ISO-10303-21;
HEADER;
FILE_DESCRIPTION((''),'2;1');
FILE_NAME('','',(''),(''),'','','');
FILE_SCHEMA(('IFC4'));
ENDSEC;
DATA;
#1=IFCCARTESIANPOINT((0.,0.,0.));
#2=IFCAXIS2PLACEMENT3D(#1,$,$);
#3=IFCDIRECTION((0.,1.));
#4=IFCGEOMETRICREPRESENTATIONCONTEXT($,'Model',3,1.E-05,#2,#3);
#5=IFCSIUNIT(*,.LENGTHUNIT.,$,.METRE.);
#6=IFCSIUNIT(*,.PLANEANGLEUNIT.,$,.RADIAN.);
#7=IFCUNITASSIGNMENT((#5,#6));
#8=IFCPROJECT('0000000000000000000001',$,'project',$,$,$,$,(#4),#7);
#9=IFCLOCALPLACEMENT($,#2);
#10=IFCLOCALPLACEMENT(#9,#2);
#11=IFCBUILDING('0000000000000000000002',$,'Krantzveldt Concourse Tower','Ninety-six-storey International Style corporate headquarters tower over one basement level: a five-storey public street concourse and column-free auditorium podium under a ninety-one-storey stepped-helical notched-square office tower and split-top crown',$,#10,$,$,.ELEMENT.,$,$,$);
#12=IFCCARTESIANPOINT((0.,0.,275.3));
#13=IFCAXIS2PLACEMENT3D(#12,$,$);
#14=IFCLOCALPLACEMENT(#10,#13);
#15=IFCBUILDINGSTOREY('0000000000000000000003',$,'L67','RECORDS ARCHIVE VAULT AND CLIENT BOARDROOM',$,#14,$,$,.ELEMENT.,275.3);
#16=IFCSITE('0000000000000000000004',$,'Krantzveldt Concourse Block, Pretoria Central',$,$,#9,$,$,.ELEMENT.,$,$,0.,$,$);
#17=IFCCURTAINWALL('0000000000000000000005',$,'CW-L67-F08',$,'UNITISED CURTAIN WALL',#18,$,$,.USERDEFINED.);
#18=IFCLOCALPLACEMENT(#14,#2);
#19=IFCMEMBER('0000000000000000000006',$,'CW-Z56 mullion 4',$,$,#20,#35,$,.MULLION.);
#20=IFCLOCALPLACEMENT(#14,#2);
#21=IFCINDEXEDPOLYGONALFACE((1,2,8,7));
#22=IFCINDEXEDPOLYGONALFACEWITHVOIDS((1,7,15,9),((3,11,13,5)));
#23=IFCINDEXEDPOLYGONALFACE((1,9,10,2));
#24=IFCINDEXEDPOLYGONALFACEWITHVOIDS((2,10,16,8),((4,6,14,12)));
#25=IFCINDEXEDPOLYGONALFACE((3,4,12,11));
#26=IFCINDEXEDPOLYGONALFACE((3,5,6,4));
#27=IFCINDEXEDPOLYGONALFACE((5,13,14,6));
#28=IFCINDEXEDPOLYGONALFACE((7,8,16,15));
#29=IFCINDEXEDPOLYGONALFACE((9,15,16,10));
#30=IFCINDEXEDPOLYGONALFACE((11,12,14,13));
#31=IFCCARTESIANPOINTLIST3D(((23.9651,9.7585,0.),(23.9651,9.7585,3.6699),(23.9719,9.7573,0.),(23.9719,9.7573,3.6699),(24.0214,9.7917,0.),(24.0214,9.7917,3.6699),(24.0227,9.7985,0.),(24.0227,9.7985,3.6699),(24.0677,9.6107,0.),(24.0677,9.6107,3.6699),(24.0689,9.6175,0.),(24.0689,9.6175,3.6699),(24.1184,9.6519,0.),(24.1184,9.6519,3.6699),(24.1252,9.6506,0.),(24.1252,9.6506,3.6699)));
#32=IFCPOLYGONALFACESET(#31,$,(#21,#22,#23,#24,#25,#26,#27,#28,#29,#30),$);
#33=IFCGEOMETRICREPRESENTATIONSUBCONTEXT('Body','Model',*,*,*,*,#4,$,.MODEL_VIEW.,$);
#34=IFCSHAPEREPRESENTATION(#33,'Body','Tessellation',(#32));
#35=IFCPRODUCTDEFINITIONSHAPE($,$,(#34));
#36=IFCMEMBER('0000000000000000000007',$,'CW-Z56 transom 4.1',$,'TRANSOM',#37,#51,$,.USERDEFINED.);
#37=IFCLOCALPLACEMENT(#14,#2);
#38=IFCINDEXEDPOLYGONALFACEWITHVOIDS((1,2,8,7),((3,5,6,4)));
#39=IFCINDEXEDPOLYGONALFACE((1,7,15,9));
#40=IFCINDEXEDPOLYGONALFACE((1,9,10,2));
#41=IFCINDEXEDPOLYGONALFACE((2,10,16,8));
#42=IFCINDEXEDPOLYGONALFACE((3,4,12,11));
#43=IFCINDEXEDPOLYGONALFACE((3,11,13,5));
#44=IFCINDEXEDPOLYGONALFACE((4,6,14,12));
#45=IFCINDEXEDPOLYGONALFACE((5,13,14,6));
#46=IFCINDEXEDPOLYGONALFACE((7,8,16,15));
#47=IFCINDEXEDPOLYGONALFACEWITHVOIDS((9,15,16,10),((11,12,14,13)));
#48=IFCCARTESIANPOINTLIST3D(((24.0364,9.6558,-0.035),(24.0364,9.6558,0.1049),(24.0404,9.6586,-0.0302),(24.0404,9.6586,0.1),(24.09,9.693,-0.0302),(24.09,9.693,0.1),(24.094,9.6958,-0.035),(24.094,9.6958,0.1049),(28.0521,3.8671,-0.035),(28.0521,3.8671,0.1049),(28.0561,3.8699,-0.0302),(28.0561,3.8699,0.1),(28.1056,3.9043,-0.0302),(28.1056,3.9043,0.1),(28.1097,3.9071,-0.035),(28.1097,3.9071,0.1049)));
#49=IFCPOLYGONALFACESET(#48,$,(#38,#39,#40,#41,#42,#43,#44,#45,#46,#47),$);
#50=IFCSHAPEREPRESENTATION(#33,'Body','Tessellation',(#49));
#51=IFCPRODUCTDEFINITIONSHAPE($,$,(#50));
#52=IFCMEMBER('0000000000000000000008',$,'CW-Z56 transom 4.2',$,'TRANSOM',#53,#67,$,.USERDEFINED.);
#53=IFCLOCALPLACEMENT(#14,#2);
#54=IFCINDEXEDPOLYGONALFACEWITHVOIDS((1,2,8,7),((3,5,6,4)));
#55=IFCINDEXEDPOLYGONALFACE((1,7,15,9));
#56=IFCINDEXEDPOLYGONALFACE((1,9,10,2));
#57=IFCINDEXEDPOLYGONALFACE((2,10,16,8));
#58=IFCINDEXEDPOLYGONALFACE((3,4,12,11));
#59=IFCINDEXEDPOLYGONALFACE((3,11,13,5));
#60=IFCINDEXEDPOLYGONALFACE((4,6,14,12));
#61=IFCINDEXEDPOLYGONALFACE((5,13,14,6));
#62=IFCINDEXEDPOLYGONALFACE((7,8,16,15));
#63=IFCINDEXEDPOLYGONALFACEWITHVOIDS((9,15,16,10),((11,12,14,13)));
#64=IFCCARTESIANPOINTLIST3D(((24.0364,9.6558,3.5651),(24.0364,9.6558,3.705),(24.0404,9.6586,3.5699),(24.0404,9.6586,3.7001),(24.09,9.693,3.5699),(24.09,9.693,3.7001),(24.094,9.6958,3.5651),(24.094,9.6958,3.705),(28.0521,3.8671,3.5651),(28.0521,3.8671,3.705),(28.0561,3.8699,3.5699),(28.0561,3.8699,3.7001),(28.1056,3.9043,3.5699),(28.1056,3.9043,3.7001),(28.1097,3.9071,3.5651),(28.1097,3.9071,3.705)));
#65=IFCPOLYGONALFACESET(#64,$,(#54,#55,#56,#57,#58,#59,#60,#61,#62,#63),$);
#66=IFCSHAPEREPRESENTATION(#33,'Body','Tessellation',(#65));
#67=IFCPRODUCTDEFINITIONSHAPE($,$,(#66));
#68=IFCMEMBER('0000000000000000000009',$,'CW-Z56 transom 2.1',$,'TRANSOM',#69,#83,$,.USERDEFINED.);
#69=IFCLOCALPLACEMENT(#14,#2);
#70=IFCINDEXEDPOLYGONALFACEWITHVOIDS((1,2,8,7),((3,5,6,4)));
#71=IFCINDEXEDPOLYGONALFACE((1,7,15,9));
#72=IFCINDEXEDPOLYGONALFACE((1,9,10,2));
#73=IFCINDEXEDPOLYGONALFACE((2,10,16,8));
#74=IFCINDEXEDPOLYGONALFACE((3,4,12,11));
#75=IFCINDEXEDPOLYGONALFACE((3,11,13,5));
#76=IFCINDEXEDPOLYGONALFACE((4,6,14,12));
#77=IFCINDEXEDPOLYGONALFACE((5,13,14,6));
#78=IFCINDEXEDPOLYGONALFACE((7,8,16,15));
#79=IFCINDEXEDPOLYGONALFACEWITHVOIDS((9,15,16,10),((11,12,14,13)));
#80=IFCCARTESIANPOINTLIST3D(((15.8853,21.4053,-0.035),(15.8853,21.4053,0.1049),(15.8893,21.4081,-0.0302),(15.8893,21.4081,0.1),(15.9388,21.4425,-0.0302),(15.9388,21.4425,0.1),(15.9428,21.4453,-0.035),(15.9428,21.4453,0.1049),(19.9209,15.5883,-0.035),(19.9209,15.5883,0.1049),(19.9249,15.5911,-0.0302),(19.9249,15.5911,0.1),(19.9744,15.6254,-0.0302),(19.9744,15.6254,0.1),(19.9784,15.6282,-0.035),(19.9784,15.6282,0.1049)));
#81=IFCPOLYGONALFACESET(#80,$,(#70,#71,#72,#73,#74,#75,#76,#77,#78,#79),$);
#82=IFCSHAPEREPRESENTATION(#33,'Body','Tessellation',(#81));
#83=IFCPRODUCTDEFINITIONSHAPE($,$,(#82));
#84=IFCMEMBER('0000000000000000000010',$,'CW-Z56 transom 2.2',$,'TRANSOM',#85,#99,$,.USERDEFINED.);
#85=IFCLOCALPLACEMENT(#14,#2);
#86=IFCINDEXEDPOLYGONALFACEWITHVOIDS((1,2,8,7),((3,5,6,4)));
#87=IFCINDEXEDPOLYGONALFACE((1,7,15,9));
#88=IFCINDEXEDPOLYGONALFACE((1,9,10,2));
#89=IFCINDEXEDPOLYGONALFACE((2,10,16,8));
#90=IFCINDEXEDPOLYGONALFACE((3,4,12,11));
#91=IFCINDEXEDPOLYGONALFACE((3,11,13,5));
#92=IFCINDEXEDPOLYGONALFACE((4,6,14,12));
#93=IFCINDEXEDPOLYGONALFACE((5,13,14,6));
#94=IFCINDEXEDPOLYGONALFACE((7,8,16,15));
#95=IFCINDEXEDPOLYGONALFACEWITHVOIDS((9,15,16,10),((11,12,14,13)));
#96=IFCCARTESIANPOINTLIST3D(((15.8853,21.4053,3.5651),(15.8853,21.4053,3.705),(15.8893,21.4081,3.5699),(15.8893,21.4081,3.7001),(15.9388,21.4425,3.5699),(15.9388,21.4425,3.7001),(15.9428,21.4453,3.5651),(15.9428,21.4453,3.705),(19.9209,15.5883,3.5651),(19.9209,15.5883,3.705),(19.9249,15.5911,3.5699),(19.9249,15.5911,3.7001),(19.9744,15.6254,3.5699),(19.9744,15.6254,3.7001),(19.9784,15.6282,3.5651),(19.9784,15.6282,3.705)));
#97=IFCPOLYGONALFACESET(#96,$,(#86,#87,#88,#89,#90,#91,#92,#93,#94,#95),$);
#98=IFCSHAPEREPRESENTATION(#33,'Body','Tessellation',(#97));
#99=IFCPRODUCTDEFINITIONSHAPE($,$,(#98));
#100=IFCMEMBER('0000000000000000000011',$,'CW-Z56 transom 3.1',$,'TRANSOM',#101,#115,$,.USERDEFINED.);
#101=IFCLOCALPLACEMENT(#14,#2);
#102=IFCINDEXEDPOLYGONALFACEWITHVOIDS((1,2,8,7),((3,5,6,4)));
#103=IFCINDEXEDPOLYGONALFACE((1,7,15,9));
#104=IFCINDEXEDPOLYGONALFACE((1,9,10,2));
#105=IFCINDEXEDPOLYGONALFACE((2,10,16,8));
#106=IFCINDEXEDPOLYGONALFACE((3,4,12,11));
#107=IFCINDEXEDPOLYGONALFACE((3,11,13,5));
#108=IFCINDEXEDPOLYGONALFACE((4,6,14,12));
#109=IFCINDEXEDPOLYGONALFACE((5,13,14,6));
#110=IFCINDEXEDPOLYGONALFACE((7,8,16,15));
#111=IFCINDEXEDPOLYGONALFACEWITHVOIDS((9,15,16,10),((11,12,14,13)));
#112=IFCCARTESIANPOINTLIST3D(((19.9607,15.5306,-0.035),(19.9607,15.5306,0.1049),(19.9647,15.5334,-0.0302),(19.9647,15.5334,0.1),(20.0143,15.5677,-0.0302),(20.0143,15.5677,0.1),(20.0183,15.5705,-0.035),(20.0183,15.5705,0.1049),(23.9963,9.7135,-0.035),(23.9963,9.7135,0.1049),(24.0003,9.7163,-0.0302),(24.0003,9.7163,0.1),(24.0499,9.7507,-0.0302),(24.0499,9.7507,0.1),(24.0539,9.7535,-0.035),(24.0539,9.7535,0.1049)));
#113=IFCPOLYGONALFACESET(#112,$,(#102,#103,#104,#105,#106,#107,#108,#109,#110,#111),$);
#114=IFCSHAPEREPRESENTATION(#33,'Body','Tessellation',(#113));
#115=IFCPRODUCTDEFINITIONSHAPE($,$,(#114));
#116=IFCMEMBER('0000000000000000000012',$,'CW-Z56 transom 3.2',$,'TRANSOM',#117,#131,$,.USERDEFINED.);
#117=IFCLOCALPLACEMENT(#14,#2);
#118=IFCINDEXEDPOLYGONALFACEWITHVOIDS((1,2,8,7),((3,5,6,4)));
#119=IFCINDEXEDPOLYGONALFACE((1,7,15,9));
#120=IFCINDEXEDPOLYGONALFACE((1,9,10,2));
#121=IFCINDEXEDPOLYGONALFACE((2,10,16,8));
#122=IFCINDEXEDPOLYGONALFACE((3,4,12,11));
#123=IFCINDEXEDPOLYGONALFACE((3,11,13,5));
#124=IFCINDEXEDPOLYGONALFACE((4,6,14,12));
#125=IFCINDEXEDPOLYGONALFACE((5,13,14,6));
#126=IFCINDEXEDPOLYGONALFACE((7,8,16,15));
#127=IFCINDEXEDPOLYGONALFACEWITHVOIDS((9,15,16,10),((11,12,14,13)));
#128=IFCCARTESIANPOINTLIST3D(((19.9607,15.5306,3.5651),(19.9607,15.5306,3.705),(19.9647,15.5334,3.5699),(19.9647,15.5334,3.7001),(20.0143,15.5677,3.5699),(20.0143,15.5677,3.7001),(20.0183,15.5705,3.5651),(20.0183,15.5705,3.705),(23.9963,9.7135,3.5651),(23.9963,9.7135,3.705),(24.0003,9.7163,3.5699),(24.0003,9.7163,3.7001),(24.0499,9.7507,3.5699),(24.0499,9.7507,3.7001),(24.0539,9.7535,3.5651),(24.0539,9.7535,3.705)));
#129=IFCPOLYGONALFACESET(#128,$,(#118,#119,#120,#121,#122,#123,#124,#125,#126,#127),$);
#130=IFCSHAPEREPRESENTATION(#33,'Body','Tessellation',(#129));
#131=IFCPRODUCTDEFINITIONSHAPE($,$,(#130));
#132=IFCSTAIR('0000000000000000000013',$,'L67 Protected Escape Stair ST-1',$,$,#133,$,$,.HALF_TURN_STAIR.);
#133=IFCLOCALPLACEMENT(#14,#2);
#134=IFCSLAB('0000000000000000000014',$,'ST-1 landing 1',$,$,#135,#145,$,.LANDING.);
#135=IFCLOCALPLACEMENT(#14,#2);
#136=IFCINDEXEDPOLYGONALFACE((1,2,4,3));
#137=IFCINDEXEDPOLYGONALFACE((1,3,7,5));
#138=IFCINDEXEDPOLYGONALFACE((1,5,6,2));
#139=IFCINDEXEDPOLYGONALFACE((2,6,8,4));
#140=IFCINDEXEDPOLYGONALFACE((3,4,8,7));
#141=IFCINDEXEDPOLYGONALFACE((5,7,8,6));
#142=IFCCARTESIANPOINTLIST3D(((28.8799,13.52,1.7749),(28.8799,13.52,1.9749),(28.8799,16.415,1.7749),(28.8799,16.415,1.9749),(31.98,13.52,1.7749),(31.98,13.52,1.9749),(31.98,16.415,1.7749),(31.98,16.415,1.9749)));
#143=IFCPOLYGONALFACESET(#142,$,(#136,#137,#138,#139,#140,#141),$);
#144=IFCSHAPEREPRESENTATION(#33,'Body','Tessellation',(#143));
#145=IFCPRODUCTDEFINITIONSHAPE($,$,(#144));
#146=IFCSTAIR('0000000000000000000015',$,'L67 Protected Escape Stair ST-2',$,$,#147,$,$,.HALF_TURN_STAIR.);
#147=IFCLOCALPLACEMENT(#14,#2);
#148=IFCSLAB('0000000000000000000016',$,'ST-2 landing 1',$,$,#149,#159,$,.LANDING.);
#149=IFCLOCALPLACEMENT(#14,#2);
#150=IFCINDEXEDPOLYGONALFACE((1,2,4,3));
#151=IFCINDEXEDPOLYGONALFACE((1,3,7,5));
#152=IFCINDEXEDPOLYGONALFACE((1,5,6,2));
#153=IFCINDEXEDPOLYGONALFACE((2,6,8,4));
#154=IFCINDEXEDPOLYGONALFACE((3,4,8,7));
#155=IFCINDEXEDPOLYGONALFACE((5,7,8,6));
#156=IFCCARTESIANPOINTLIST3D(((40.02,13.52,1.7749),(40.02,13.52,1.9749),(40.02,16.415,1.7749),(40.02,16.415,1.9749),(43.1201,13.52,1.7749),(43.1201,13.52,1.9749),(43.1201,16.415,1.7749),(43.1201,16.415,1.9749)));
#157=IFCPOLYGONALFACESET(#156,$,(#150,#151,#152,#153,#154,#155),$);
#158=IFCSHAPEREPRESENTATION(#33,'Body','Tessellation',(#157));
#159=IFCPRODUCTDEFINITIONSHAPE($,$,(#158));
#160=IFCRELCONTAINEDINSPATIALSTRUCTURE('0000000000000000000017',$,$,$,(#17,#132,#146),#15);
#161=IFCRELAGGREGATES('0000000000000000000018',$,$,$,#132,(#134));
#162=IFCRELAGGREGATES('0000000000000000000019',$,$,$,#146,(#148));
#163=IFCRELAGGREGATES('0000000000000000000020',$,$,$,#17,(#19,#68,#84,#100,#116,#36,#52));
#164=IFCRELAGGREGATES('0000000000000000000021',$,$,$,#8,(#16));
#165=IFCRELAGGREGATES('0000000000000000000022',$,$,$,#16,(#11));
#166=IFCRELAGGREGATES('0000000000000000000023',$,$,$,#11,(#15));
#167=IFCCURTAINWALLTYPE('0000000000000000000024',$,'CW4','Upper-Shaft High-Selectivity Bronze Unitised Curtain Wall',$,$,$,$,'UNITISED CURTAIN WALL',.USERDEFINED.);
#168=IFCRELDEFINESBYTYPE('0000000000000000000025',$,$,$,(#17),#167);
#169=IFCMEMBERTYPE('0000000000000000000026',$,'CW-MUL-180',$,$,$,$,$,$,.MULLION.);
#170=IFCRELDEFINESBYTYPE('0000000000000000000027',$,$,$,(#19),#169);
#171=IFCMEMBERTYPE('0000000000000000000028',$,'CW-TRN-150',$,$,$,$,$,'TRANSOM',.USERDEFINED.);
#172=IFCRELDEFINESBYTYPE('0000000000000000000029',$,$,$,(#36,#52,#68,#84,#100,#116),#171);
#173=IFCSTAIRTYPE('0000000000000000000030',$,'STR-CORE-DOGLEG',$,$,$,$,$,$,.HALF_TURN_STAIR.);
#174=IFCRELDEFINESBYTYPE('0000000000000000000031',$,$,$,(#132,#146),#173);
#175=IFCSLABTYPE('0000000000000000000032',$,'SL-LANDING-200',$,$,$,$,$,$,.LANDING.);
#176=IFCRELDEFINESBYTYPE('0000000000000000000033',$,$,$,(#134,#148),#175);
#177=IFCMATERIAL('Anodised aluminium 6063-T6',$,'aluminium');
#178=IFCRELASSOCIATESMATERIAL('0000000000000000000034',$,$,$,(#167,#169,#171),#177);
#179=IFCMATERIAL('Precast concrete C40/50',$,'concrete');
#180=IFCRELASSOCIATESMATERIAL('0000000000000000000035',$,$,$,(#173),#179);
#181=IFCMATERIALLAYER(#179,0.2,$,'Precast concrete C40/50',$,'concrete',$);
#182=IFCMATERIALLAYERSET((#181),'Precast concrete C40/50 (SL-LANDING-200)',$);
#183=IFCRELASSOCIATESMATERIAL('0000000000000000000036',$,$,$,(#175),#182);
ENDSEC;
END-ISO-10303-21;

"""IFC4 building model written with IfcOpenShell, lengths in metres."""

from ifc_helpers import new_model, si_unit, direction, frame, origin, origin_2d, place, context, subcontext, project, spatial, polyline, hollow_rectangle, outline, extrude, source, transform, mapped, material, layer, layer_set, material_profile, profile_set, type_object, type_shapes, element, aggregate, save


model = new_model("IFC4")

# Units and contexts
model_context = context("Model", 3, precision=1e-05, world=origin(), true_north=direction((0.0, 1.0)))
body_context = subcontext(model_context, "Body", "Model", "MODEL_VIEW")
ifc_project = project(units=[si_unit("LENGTHUNIT", "METRE"), si_unit("PLANEANGLEUNIT", "RADIAN")], contexts=[model_context])

# Site, building, storey
site_placement = place(None, origin())
site = spatial("IfcSite", under=ifc_project, at=site_placement, Name="Krantzveldt Concourse Block, Pretoria Central", CompositionType="ELEMENT", RefElevation=0.0)
building_placement = place(site_placement, origin())
building = spatial("IfcBuilding", under=site, at=building_placement, Name="Krantzveldt Concourse Tower", Description="Ninety-six-storey International Style corporate headquarters tower over one basement level: a five-storey public street concourse and column-free auditorium podium under a ninety-one-storey stepped-helical notched-square office tower and split-top crown", CompositionType="ELEMENT")
storey_placement = place(building_placement, frame((0.0, 0.0, 275.3)))
storey = spatial("IfcBuildingStorey", under=building, at=storey_placement, Name="L67", Description="RECORDS ARCHIVE VAULT AND CLIENT BOARDROOM", CompositionType="ELEMENT", Elevation=275.3)

# Curtain wall, members
ifc_material_1 = material(Name="Anodised aluminium 6063-T6", Category="aluminium")
curtain_wall_type = type_object("IfcCurtainWallType", Name="CW4", Description="Upper-Shaft High-Selectivity Bronze Unitised Curtain Wall", ElementType="UNITISED CURTAIN WALL", PredefinedType="USERDEFINED", material=ifc_material_1)
curtain_wall_placement = place(storey_placement, origin())
curtain_wall = element("IfcCurtainWall", 1, at=curtain_wall_placement, inside=storey, type_object=curtain_wall_type, Name="CW-L67-F08", ObjectType="UNITISED CURTAIN WALL", PredefinedType="USERDEFINED")
ifc_material_profile_1 = material_profile(ifc_material_1, hollow_rectangle(XDim=0.0701, YDim=0.1799, WallThickness=0.0049, at=origin_2d()), Name="Anodised aluminium 6063-T6", Category="aluminium")
ifc_profile_set_1 = profile_set([ifc_material_profile_1], Name="Anodised aluminium 6063-T6 - ALU-MULL 180x70x5")
member_type_1 = type_object("IfcMemberType", Name="CW-MUL-180", PredefinedType="MULLION", material=ifc_profile_set_1)
shared_shape_1 = source(origin(), body_context, "Body", "SweptSolid", [
    extrude(hollow_rectangle(XDim=0.0701, YDim=0.1799, WallThickness=0.0049, at=origin_2d()), origin(), (0.0, 0.0, 1.0), 3.6699),
])
type_shapes(member_type_1, [shared_shape_1])
member_1_placement = place(storey_placement, frame((24.0452, 9.7046, 0.0), z_axis=(0.0, 0.0, 1.0), x_axis=(0.821647, 0.569997, 0.0)))
member_1 = element("IfcMember", 2, at=member_1_placement, type_object=member_type_1, Name="CW-Z56 mullion 4", PredefinedType="MULLION", context=body_context, shape_type="MappedRepresentation", body=[
    mapped(shared_shape_1, transform((0.0, 0.0, 0.0), x_axis=(1.0, 0.0, 0.0), y_axis=(0.0, 1.0, 0.0), z_axis=(0.0, 0.0, 1.0), scale=1.0)),
])
ifc_material_profile_2 = material_profile(ifc_material_1, hollow_rectangle(XDim=0.0701, YDim=0.1399, WallThickness=0.0049, at=origin_2d()), Name="Anodised aluminium 6063-T6", Category="aluminium")
ifc_profile_set_2 = profile_set([ifc_material_profile_2], Name="Anodised aluminium 6063-T6 - ALU-TRAN 140x70x5")
member_type_2 = type_object("IfcMemberType", Name="CW-TRN-150", ElementType="TRANSOM", PredefinedType="USERDEFINED", material=ifc_profile_set_2)
shared_shape_2 = source(origin(), body_context, "Body", "SweptSolid", [
    extrude(hollow_rectangle(XDim=0.0701, YDim=0.1399, WallThickness=0.0049, at=origin_2d()), origin(), (0.0, 0.0, 1.0), 7.0452),
])
member_2_placement = place(storey_placement, frame((24.0652, 9.6758, 0.0349), z_axis=(0.569992, -0.82165, 0.0), x_axis=(0.82165, 0.569992, 0.0)))
member_2 = element("IfcMember", 3, at=member_2_placement, type_object=member_type_2, Name="CW-Z56 transom 4.1", ObjectType="TRANSOM", PredefinedType="USERDEFINED", context=body_context, shape_type="MappedRepresentation", body=[
    mapped(shared_shape_2, transform((0.0, 0.0, 0.0), x_axis=(1.0, 0.0, 0.0), y_axis=(0.0, 1.0, 0.0), z_axis=(0.0, 0.0, 1.0), scale=1.0)),
])
member_3_placement = place(storey_placement, frame((24.0652, 9.6758, 3.635), z_axis=(0.569992, -0.82165, 0.0), x_axis=(0.82165, 0.569992, 0.0)))
member_3 = element("IfcMember", 4, at=member_3_placement, type_object=member_type_2, Name="CW-Z56 transom 4.2", ObjectType="TRANSOM", PredefinedType="USERDEFINED", context=body_context, shape_type="MappedRepresentation", body=[
    mapped(shared_shape_2, transform((0.0, 0.0, 0.0), x_axis=(1.0, 0.0, 0.0), y_axis=(0.0, 1.0, 0.0), z_axis=(0.0, 0.0, 1.0), scale=1.0)),
])
shared_shape_3 = source(origin(), body_context, "Body", "SweptSolid", [
    extrude(hollow_rectangle(XDim=0.0701, YDim=0.1399, WallThickness=0.0049, at=origin_2d()), origin(), (0.0, 0.0, 1.0), 7.0798),
])
type_shapes(member_type_2, [shared_shape_2, shared_shape_3])
member_4_placement = place(storey_placement, frame((15.9141, 21.4253, 0.0349), z_axis=(0.570011, -0.821637, 0.0), x_axis=(0.821637, 0.570011, 0.0)))
member_4 = element("IfcMember", 5, at=member_4_placement, type_object=member_type_2, Name="CW-Z56 transom 2.1", ObjectType="TRANSOM", PredefinedType="USERDEFINED", context=body_context, shape_type="MappedRepresentation", body=[
    mapped(shared_shape_3, transform((0.0, 0.0, 0.0), x_axis=(1.0, 0.0, 0.0), y_axis=(0.0, 1.0, 0.0), z_axis=(0.0, 0.0, 1.0), scale=1.0)),
])
member_5_placement = place(storey_placement, frame((15.9141, 21.4253, 3.635), z_axis=(0.570011, -0.821637, 0.0), x_axis=(0.821637, 0.570011, 0.0)))
member_5 = element("IfcMember", 6, at=member_5_placement, type_object=member_type_2, Name="CW-Z56 transom 2.2", ObjectType="TRANSOM", PredefinedType="USERDEFINED", context=body_context, shape_type="MappedRepresentation", body=[
    mapped(shared_shape_3, transform((0.0, 0.0, 0.0), x_axis=(1.0, 0.0, 0.0), y_axis=(0.0, 1.0, 0.0), z_axis=(0.0, 0.0, 1.0), scale=1.0)),
])
member_6_placement = place(storey_placement, frame((19.9895, 15.5505, 0.0349), z_axis=(0.570011, -0.821637, 0.0), x_axis=(0.821637, 0.570011, 0.0)))
member_6 = element("IfcMember", 7, at=member_6_placement, type_object=member_type_2, Name="CW-Z56 transom 3.1", ObjectType="TRANSOM", PredefinedType="USERDEFINED", context=body_context, shape_type="MappedRepresentation", body=[
    mapped(shared_shape_3, transform((0.0, 0.0, 0.0), x_axis=(1.0, 0.0, 0.0), y_axis=(0.0, 1.0, 0.0), z_axis=(0.0, 0.0, 1.0), scale=1.0)),
])
member_7_placement = place(storey_placement, frame((19.9895, 15.5505, 3.635), z_axis=(0.570011, -0.821637, 0.0), x_axis=(0.821637, 0.570011, 0.0)))
member_7 = element("IfcMember", 8, at=member_7_placement, type_object=member_type_2, Name="CW-Z56 transom 3.2", ObjectType="TRANSOM", PredefinedType="USERDEFINED", context=body_context, shape_type="MappedRepresentation", body=[
    mapped(shared_shape_3, transform((0.0, 0.0, 0.0), x_axis=(1.0, 0.0, 0.0), y_axis=(0.0, 1.0, 0.0), z_axis=(0.0, 0.0, 1.0), scale=1.0)),
])

# Stairs, slabs
ifc_material_2 = material(Name="Precast concrete C40/50", Category="concrete")
stair_type = type_object("IfcStairType", Name="STR-CORE-DOGLEG", PredefinedType="HALF_TURN_STAIR", material=ifc_material_2)
stair_1_placement = place(storey_placement, origin())
stair_1 = element("IfcStair", 9, at=stair_1_placement, inside=storey, type_object=stair_type, Name="L67 Protected Escape Stair ST-1", PredefinedType="HALF_TURN_STAIR")
ifc_layer_1 = layer(ifc_material_2, 0.2, Name="Precast concrete C40/50", Category="concrete")
ifc_layer_set_1 = layer_set([ifc_layer_1], Name="Precast concrete C40/50 (SL-LANDING-200)")
slab_type_1 = type_object("IfcSlabType", Name="SL-LANDING-200", PredefinedType="LANDING", material=ifc_layer_set_1)
slab_1_placement = place(storey_placement, frame((0.0, 0.0, 1.7749)))
slab_1 = element("IfcSlab", 10, at=slab_1_placement, type_object=slab_type_1, Name="ST-1 landing 1", PredefinedType="LANDING", context=body_context, shape_type="SweptSolid", body=[
    extrude(outline(polyline([(28.8799, 16.415), (28.8799, 13.52), (31.98, 13.52), (31.98, 16.415), (28.8799, 16.415)])), origin(), (0.0, 0.0, 1.0), 0.2),
])
aggregate(stair_1, [slab_1])
stair_2_placement = place(storey_placement, origin())
stair_2 = element("IfcStair", 11, at=stair_2_placement, inside=storey, type_object=stair_type, Name="L67 Protected Escape Stair ST-2", PredefinedType="HALF_TURN_STAIR")
slab_2_placement = place(storey_placement, frame((0.0, 0.0, 1.7749)))
slab_2 = element("IfcSlab", 12, at=slab_2_placement, type_object=slab_type_1, Name="ST-2 landing 1", PredefinedType="LANDING", context=body_context, shape_type="SweptSolid", body=[
    extrude(outline(polyline([(40.02, 16.415), (40.02, 13.52), (43.1201, 13.52), (43.1201, 16.415), (40.02, 16.415)])), origin(), (0.0, 0.0, 1.0), 0.2),
])
aggregate(stair_2, [slab_2])

aggregate(curtain_wall, [member_1, member_4, member_5, member_6, member_7, member_2, member_3])

save(model, "model.ifc")
